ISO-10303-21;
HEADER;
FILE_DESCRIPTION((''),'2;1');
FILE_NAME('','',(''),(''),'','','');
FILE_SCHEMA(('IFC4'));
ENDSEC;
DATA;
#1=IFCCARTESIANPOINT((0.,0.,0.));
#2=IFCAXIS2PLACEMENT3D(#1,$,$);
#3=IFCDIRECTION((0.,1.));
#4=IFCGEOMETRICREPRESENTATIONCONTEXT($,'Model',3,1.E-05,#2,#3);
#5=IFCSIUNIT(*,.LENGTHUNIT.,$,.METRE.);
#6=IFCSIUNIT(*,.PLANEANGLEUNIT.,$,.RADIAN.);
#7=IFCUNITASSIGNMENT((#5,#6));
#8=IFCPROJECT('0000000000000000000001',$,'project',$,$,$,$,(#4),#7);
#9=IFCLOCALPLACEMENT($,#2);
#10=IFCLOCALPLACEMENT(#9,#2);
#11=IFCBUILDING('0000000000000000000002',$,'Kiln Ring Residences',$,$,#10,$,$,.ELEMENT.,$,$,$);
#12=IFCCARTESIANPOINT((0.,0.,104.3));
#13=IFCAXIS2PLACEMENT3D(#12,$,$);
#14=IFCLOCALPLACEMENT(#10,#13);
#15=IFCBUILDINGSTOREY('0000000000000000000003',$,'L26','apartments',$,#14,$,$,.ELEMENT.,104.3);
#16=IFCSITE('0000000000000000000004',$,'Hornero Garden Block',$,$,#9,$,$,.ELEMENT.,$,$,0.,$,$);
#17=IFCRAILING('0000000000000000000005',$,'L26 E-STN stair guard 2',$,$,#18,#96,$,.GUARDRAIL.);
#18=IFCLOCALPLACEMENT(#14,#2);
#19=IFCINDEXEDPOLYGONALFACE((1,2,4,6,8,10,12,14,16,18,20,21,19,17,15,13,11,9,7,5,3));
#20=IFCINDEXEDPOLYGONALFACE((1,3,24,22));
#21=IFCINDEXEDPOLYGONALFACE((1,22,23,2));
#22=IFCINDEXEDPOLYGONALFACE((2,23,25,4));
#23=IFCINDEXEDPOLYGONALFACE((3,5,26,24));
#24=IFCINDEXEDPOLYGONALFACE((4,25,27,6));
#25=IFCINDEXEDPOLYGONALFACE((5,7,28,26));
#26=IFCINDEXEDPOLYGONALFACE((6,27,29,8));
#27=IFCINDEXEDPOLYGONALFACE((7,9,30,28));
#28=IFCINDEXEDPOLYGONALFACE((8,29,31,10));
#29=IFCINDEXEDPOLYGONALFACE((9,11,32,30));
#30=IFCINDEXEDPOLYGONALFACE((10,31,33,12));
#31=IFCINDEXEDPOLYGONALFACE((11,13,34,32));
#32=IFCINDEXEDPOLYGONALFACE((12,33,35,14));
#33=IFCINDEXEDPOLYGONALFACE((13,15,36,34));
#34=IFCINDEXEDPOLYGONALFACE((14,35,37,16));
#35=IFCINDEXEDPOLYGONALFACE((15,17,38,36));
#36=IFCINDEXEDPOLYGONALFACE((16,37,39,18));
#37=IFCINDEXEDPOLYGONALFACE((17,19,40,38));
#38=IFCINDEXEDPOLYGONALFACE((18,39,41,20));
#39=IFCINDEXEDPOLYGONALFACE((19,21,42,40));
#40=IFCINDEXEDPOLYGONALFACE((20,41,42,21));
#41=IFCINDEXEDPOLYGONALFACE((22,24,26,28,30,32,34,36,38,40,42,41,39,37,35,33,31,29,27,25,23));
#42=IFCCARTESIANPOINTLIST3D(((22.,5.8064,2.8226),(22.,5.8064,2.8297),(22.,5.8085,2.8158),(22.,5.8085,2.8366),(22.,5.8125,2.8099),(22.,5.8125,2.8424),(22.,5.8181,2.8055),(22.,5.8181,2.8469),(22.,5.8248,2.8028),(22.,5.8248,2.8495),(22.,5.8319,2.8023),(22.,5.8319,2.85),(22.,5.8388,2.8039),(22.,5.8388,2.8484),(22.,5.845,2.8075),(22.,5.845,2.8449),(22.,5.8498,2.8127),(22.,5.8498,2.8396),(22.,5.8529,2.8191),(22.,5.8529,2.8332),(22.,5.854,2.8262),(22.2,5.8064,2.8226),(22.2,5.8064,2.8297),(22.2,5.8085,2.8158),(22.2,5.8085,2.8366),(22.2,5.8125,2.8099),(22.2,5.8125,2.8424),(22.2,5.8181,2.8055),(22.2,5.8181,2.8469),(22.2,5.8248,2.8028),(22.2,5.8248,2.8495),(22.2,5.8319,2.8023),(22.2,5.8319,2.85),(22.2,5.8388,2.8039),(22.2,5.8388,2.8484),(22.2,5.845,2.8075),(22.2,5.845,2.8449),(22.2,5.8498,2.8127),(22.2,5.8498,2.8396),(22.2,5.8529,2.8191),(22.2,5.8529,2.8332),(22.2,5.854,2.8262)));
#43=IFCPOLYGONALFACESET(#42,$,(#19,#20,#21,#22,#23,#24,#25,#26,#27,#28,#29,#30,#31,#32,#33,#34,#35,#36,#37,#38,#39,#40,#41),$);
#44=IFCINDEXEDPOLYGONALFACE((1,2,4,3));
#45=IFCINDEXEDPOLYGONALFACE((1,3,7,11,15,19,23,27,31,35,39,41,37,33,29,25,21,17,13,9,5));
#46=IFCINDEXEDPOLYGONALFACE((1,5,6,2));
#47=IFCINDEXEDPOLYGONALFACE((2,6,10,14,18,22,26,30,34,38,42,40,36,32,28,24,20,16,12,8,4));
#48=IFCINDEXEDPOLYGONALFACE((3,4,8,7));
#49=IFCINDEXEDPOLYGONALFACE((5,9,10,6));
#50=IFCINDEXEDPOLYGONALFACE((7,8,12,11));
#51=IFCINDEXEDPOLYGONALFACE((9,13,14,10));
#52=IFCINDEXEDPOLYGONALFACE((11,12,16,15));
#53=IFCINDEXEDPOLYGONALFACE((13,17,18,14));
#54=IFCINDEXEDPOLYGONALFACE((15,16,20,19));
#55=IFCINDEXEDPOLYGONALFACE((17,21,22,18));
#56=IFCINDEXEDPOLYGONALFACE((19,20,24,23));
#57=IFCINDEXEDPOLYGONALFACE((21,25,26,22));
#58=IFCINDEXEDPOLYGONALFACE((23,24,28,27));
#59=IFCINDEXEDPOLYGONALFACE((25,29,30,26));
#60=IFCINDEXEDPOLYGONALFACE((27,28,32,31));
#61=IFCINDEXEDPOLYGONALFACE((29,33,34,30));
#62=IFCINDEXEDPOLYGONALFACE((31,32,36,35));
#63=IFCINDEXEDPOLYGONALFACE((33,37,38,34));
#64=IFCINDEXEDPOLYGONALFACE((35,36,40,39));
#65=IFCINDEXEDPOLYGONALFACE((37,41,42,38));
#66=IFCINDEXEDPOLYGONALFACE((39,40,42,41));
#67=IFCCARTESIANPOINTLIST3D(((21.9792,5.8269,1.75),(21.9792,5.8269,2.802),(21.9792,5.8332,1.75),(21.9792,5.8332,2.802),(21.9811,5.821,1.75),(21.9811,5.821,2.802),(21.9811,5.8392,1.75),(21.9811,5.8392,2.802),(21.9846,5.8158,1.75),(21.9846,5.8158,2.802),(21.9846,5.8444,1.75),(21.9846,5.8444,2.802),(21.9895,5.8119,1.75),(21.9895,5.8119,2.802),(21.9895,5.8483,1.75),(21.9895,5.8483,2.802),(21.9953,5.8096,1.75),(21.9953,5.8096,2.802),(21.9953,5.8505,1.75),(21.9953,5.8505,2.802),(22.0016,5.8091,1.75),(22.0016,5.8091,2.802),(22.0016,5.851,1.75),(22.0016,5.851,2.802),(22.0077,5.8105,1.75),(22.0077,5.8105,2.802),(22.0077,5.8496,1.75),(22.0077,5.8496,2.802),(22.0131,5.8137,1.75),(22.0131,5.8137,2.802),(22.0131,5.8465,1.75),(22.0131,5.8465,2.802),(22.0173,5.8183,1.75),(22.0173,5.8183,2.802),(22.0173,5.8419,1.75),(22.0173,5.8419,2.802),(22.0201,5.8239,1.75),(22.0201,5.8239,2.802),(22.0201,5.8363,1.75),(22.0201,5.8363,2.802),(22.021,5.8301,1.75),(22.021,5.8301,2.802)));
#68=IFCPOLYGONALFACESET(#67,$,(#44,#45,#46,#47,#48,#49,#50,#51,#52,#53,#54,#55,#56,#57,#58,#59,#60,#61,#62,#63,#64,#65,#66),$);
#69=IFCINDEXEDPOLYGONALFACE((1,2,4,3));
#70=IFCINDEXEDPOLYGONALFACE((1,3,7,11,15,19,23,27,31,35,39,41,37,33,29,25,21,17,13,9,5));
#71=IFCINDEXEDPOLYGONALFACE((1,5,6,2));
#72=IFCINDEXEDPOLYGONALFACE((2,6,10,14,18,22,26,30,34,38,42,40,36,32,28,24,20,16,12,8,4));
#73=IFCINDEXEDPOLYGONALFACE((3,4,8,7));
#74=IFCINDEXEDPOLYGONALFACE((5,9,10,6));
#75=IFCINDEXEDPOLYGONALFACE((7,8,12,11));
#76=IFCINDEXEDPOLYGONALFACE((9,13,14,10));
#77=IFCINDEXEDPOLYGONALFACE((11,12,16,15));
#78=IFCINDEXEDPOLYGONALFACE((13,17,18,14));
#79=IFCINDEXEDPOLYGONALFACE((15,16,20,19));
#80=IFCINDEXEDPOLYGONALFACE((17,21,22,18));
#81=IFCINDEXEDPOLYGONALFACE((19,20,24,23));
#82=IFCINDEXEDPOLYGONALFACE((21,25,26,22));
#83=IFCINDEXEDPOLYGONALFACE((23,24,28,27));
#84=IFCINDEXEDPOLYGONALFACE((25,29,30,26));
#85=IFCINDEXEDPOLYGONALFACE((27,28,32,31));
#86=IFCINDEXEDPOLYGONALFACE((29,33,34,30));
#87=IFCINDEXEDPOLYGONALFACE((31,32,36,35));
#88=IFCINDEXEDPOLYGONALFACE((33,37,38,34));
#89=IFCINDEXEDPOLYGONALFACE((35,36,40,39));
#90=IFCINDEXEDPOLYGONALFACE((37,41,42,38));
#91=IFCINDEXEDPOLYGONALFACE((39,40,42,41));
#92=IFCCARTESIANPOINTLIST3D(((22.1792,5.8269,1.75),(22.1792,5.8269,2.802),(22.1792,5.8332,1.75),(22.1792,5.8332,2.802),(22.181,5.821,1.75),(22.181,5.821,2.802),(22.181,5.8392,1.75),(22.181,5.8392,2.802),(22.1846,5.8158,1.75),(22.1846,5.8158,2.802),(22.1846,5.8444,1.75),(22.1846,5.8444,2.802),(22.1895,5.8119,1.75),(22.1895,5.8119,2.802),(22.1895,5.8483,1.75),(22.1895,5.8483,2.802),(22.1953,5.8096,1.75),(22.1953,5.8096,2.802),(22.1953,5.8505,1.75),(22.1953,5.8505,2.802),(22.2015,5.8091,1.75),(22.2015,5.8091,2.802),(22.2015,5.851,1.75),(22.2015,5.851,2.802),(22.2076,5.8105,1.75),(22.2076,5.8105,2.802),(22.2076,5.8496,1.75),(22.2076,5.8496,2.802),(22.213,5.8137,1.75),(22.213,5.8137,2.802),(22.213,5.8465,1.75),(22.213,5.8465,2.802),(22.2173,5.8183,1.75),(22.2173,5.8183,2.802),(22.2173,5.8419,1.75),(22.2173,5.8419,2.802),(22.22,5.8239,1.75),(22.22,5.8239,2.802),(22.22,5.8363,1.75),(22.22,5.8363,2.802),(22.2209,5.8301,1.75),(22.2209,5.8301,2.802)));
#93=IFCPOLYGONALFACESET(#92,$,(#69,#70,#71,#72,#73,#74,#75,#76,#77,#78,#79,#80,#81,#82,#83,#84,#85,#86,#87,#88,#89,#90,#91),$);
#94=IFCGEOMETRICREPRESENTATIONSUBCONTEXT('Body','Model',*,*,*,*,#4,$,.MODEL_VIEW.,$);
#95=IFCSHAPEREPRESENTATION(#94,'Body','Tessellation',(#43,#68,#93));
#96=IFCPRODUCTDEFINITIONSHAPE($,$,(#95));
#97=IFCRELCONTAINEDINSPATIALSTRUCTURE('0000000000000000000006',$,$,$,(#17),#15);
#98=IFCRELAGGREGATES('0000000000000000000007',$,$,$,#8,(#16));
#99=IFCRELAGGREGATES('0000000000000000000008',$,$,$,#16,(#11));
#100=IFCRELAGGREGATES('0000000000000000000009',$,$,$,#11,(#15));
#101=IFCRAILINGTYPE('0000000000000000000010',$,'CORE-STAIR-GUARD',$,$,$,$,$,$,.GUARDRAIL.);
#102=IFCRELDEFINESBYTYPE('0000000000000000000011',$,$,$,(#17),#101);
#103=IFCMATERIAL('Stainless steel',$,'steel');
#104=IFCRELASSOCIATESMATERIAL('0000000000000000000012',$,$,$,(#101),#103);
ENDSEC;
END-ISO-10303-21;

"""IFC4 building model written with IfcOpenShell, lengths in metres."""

from ifc_helpers import new_model, si_unit, direction, frame, origin, origin_2d, place, context, subcontext, project, spatial, circle, extrude, material, type_object, element, save


model = new_model("IFC4")

# Units and contexts
model_context = context("Model", 3, precision=1e-05, world=origin(), true_north=direction((0.0, 1.0)))
body_context = subcontext(model_context, "Body", "Model", "MODEL_VIEW")
ifc_project = project(units=[si_unit("LENGTHUNIT", "METRE"), si_unit("PLANEANGLEUNIT", "RADIAN")], contexts=[model_context])

# Site, building, storey
site_placement = place(None, origin())
site = spatial("IfcSite", under=ifc_project, at=site_placement, Name="Hornero Garden Block", CompositionType="ELEMENT", RefElevation=0.0)
building_placement = place(site_placement, origin())
building = spatial("IfcBuilding", under=site, at=building_placement, Name="Kiln Ring Residences", CompositionType="ELEMENT")
storey_placement = place(building_placement, frame((0.0, 0.0, 104.3)))
storey = spatial("IfcBuildingStorey", under=building, at=storey_placement, Name="L26", Description="apartments", CompositionType="ELEMENT", Elevation=104.3)

# Railing
ifc_material_1 = material(Name="Stainless steel", Category="steel")
railing_type_1 = type_object("IfcRailingType", Name="CORE-STAIR-GUARD", PredefinedType="GUARDRAIL", material=ifc_material_1)
railing_1_placement = place(storey_placement, frame((22.0, 5.8301, 1.75)))
element("IfcRailing", 1, at=railing_1_placement, inside=storey, type_object=railing_type_1, Name="L26 E-STN stair guard 2", PredefinedType="GUARDRAIL", context=body_context, shape_type="SweptSolid", body=[
    extrude(circle(Radius=0.0239, at=origin_2d()), frame((0.0, 0.0, 1.0762), z_axis=(1.0, 0.0, 0.0), x_axis=(0.0, 1.0, 0.0)), (0.0, 0.0, 1.0), 0.2),
    extrude(circle(Radius=0.021, at=origin_2d()), origin(), (0.0, 0.0, 1.0), 1.052),
    extrude(circle(Radius=0.021, at=origin_2d()), frame((0.2, 0.0, 0.0)), (0.0, 0.0, 1.0), 1.052),
])

save(model, "model.ifc")
